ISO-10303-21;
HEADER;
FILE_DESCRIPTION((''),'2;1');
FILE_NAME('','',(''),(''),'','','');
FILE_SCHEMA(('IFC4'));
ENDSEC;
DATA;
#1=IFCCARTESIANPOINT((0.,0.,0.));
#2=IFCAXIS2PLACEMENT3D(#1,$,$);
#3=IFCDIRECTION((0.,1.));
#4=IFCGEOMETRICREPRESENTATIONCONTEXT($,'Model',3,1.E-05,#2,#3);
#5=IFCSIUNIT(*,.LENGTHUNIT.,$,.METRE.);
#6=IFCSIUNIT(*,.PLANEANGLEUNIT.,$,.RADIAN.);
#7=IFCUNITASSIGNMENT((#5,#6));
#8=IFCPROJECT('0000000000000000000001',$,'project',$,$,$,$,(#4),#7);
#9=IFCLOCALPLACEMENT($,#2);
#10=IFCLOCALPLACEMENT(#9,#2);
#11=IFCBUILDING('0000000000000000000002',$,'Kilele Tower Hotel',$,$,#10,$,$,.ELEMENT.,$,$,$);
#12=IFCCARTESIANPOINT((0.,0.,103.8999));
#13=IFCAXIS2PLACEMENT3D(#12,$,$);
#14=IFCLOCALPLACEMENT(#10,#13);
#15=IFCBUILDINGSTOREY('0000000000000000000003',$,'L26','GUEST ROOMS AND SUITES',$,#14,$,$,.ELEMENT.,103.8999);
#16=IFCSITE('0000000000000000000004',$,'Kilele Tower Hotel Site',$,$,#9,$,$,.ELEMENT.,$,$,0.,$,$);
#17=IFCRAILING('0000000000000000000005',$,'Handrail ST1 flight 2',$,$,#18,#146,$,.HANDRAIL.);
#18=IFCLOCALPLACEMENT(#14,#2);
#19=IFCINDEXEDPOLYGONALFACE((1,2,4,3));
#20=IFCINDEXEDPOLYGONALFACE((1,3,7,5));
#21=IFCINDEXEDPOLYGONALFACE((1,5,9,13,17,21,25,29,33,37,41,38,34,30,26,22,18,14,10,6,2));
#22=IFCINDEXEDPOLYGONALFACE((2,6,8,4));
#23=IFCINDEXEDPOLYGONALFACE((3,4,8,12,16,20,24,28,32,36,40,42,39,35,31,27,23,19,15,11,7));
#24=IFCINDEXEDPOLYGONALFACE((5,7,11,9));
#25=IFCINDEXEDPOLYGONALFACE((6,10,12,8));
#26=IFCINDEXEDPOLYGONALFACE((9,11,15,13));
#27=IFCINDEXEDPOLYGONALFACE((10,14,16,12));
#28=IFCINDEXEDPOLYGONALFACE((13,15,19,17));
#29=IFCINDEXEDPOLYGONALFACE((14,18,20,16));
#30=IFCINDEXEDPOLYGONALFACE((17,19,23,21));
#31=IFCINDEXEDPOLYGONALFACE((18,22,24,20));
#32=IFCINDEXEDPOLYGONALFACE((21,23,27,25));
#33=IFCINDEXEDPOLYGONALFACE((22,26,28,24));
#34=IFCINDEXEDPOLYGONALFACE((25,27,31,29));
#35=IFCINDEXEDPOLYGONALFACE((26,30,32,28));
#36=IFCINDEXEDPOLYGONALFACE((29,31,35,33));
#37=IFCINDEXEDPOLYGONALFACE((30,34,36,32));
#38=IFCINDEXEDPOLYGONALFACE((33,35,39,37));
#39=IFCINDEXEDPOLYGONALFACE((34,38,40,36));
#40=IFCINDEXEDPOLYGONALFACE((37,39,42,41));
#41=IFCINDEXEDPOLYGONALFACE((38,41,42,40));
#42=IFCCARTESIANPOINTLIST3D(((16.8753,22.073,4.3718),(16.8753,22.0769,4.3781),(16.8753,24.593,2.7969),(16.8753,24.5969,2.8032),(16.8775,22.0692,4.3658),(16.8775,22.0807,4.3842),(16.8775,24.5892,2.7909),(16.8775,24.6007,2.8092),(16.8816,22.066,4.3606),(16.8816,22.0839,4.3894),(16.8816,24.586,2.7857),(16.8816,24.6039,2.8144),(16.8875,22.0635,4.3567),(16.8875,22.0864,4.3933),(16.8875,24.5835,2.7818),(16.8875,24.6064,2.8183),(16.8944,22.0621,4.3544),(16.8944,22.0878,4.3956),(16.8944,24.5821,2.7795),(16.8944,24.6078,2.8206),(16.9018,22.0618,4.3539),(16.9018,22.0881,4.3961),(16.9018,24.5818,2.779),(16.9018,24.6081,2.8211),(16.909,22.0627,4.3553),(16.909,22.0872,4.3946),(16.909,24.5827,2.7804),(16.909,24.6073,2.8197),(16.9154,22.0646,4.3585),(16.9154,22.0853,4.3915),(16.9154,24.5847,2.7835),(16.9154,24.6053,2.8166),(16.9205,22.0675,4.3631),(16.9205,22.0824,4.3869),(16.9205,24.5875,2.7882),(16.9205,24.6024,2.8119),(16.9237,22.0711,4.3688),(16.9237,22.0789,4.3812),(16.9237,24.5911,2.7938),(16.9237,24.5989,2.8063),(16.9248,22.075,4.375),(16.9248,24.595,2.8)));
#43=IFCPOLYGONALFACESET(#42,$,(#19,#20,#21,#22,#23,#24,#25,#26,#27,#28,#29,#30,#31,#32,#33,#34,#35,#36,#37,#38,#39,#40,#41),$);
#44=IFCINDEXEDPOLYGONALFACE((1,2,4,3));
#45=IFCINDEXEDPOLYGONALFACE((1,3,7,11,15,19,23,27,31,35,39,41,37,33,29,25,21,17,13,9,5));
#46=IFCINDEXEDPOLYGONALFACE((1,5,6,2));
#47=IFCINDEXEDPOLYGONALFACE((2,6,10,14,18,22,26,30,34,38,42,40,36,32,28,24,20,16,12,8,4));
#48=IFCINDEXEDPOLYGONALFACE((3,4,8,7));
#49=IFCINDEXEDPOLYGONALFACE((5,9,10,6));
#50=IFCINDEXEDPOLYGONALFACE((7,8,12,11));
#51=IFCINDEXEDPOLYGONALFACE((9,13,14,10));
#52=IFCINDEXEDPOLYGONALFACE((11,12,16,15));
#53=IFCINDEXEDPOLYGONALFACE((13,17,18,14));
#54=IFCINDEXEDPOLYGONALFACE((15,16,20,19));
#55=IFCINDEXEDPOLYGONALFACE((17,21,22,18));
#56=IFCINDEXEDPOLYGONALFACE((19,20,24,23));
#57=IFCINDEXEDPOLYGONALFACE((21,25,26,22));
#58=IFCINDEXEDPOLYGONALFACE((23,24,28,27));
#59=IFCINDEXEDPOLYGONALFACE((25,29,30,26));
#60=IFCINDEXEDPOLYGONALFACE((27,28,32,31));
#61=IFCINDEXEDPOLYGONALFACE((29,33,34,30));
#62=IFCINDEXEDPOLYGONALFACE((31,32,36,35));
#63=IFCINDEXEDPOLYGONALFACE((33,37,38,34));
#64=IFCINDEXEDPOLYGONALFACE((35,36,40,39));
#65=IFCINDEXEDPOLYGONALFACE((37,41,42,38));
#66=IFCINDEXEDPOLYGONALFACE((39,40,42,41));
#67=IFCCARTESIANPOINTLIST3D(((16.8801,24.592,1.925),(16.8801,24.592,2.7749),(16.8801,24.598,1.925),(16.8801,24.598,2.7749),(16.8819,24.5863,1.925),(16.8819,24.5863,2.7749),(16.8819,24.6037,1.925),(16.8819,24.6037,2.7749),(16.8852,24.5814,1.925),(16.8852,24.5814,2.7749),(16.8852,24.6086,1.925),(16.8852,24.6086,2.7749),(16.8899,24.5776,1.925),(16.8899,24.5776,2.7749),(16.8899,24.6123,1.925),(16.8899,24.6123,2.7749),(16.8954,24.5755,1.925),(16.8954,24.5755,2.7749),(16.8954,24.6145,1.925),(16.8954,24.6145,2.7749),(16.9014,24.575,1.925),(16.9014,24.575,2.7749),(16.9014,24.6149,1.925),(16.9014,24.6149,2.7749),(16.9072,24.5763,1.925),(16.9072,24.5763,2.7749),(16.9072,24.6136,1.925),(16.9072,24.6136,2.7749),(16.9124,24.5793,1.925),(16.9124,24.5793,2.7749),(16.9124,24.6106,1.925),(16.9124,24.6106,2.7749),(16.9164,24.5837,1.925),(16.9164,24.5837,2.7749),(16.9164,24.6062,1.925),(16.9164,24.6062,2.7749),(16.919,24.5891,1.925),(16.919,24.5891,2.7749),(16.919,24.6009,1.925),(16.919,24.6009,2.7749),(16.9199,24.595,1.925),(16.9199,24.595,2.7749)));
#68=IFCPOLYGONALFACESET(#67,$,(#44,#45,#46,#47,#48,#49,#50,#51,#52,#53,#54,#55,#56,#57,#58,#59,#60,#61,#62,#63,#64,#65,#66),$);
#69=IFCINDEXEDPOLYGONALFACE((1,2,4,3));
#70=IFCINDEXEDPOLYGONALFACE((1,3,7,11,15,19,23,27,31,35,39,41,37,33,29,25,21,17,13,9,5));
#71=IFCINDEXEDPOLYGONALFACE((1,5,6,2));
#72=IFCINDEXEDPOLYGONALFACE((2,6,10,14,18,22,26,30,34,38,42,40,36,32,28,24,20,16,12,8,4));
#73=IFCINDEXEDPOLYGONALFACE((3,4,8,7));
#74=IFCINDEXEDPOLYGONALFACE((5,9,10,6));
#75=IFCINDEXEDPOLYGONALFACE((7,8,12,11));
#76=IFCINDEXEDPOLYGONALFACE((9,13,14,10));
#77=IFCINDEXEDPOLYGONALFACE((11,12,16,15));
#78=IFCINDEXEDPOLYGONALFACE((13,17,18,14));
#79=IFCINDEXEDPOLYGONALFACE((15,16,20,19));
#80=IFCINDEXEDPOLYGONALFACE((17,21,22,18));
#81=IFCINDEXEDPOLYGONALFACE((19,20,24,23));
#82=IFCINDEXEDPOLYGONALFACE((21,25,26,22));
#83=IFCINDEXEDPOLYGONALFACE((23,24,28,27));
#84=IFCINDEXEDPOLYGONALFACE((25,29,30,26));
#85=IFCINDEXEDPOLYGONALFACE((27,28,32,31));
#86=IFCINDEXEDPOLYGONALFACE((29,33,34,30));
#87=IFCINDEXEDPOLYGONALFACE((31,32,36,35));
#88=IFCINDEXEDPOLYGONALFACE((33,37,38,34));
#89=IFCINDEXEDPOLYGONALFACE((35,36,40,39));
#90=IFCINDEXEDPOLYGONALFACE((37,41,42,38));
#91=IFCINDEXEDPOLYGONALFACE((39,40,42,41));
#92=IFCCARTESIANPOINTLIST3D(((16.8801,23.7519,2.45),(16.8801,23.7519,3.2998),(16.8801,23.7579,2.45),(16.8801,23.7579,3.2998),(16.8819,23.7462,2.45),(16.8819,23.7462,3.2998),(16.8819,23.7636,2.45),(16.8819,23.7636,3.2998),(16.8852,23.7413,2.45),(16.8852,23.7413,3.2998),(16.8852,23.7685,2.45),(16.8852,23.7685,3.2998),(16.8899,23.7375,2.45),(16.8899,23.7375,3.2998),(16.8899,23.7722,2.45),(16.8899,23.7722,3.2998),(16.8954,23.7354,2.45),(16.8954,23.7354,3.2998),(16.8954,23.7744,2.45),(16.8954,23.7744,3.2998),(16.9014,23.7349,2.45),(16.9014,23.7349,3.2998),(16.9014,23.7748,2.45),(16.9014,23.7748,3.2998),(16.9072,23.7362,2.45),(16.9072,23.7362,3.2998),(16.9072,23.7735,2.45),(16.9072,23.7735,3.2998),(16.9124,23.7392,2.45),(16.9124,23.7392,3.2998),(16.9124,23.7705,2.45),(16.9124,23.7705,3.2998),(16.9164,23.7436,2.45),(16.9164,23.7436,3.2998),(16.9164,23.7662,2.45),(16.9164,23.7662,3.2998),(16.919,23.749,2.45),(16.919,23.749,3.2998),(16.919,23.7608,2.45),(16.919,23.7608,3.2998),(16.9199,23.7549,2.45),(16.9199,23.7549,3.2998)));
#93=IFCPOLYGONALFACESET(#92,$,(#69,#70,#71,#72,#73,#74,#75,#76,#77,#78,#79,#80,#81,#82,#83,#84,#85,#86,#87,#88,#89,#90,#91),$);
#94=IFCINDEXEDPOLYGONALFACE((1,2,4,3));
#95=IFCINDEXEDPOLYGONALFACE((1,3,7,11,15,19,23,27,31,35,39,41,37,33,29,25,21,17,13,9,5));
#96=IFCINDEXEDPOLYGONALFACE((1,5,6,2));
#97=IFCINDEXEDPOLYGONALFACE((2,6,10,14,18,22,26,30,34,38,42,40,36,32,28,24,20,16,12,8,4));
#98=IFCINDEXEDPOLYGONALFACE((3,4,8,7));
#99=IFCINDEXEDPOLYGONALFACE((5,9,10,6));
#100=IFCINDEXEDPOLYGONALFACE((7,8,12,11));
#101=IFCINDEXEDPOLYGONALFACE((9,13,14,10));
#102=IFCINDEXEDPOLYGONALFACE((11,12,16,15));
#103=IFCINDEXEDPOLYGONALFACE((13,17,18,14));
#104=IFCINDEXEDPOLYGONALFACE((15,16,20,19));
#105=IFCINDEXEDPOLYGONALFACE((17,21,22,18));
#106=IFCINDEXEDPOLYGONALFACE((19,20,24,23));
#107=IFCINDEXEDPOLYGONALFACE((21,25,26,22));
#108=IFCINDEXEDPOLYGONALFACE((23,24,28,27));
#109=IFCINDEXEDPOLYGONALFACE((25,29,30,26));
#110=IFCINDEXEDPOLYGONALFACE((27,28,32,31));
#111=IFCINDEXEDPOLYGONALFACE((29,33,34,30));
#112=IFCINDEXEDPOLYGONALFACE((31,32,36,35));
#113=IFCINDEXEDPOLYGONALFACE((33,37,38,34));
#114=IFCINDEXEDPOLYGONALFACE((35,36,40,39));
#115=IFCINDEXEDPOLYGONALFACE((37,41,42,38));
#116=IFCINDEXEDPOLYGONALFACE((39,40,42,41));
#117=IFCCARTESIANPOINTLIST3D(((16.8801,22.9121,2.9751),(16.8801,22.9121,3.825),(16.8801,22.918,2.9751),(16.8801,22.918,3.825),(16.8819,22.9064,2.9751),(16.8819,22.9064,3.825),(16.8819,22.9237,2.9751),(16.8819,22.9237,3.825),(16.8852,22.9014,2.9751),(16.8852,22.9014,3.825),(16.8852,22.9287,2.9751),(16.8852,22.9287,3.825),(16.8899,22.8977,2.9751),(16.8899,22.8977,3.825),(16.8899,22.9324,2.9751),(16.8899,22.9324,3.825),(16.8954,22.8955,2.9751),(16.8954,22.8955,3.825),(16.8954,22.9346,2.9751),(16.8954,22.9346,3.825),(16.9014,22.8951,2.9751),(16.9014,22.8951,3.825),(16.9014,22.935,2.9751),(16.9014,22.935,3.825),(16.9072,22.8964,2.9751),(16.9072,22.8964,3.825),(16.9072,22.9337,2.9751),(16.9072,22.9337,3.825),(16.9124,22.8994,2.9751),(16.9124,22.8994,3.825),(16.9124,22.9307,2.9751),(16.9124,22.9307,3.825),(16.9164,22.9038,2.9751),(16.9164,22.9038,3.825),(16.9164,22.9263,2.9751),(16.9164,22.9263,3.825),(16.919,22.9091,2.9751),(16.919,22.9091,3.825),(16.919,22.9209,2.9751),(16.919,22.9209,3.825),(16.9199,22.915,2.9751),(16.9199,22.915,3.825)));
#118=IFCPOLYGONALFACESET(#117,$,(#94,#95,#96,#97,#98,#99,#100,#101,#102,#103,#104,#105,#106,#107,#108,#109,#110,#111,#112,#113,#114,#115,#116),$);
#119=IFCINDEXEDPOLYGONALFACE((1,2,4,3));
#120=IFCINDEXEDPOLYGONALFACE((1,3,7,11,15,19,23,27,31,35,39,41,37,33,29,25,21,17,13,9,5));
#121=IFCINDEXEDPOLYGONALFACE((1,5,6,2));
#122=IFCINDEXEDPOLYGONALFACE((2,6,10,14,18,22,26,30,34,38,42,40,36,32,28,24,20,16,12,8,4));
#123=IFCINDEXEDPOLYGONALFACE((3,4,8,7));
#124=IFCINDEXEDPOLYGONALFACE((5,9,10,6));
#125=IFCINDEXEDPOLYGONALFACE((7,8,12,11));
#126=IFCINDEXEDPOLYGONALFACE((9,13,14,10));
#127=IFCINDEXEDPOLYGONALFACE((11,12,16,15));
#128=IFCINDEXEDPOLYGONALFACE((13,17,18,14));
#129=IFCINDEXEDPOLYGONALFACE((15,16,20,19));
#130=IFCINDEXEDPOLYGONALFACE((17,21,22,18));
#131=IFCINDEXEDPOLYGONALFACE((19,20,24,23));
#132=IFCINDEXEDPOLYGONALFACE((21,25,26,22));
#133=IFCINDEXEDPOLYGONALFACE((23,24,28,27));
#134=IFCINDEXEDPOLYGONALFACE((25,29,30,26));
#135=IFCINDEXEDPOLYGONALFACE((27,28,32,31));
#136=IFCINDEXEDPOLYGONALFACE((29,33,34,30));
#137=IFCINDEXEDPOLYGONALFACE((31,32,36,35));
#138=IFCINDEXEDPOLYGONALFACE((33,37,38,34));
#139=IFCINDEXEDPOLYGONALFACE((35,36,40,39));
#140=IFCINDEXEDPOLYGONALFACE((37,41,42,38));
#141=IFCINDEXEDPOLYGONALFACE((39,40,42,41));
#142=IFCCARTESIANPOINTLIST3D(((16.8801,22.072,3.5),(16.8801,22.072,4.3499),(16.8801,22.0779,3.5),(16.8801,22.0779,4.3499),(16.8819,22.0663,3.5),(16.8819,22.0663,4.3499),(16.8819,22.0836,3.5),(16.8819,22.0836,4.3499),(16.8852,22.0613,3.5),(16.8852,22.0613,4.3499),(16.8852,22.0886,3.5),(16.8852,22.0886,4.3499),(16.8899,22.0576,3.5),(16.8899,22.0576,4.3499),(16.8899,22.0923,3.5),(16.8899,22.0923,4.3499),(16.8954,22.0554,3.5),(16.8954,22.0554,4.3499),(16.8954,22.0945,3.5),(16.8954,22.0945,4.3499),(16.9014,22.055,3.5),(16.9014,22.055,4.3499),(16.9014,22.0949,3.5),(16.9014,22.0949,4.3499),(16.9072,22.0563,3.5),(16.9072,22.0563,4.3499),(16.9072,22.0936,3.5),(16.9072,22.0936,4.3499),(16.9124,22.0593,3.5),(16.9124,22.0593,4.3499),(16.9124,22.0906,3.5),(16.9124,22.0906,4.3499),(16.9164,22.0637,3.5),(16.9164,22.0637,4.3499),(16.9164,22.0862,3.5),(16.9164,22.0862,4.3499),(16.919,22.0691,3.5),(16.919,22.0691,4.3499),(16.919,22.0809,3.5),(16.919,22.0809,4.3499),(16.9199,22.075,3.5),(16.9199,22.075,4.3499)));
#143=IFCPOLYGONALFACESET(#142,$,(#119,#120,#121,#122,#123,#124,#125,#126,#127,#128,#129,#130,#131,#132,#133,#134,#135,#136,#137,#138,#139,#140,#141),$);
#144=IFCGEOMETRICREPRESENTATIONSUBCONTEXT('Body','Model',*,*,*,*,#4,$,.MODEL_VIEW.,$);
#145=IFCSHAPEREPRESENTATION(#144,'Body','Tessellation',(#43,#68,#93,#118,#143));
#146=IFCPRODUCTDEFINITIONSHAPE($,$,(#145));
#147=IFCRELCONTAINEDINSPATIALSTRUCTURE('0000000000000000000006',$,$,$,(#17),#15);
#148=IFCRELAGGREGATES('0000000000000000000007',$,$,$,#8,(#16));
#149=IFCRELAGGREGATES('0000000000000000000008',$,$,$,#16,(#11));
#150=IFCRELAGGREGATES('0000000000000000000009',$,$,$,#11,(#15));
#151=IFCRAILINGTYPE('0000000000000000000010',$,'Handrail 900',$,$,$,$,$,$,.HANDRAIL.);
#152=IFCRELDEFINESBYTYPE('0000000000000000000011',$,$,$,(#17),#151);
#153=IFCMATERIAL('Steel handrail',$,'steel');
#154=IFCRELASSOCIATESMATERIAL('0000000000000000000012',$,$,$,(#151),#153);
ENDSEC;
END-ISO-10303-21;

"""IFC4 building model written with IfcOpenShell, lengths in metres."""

from ifc_helpers import new_model, si_unit, direction, frame, origin, origin_2d, place, context, subcontext, project, spatial, circle, extrude, material, type_object, element, save


model = new_model("IFC4")

# Units and contexts
model_context = context("Model", 3, precision=1e-05, world=origin(), true_north=direction((0.0, 1.0)))
body_context = subcontext(model_context, "Body", "Model", "MODEL_VIEW")
ifc_project = project(units=[si_unit("LENGTHUNIT", "METRE"), si_unit("PLANEANGLEUNIT", "RADIAN")], contexts=[model_context])

# Site, building, storey
site_placement = place(None, origin())
site = spatial("IfcSite", under=ifc_project, at=site_placement, Name="Kilele Tower Hotel Site", CompositionType="ELEMENT", RefElevation=0.0)
building_placement = place(site_placement, origin())
building = spatial("IfcBuilding", under=site, at=building_placement, Name="Kilele Tower Hotel", CompositionType="ELEMENT")
storey_placement = place(building_placement, frame((0.0, 0.0, 103.8999)))
storey = spatial("IfcBuildingStorey", under=building, at=storey_placement, Name="L26", Description="GUEST ROOMS AND SUITES", CompositionType="ELEMENT", Elevation=103.8999)

# Railing
ifc_material_1 = material(Name="Steel handrail", Category="steel")
railing_type_1 = type_object("IfcRailingType", Name="Handrail 900", PredefinedType="HANDRAIL", material=ifc_material_1)
for number, where, name in (
    (1, (16.8999, 24.595, 1.925), "Handrail ST1 flight 2"),
):
    element("IfcRailing", number, at=place(storey_placement, frame(where)), inside=storey, type_object=railing_type_1, Name=name, PredefinedType="HANDRAIL", context=body_context, shape_type="SweptSolid", body=[
        extrude(circle(Radius=0.0249, at=origin_2d()), frame((0.0, 0.0, 0.875), z_axis=(0.0, -0.848008, 0.529984), x_axis=(1.0, 0.0, 0.0)), (0.0, 0.0, 1.0), 2.9717),
        extrude(circle(Radius=0.02, at=origin_2d()), origin(), (0.0, 0.0, 1.0), 0.8499),
        extrude(circle(Radius=0.02, at=origin_2d()), frame((0.0, -0.8401, 0.5249)), (0.0, 0.0, 1.0), 0.8499),
        extrude(circle(Radius=0.02, at=origin_2d()), frame((0.0, -1.6799, 1.05)), (0.0, 0.0, 1.0), 0.8499),
        extrude(circle(Radius=0.02, at=origin_2d()), frame((0.0, -2.52, 1.575)), (0.0, 0.0, 1.0), 0.8499),
    ])

save(model, "model.ifc")
